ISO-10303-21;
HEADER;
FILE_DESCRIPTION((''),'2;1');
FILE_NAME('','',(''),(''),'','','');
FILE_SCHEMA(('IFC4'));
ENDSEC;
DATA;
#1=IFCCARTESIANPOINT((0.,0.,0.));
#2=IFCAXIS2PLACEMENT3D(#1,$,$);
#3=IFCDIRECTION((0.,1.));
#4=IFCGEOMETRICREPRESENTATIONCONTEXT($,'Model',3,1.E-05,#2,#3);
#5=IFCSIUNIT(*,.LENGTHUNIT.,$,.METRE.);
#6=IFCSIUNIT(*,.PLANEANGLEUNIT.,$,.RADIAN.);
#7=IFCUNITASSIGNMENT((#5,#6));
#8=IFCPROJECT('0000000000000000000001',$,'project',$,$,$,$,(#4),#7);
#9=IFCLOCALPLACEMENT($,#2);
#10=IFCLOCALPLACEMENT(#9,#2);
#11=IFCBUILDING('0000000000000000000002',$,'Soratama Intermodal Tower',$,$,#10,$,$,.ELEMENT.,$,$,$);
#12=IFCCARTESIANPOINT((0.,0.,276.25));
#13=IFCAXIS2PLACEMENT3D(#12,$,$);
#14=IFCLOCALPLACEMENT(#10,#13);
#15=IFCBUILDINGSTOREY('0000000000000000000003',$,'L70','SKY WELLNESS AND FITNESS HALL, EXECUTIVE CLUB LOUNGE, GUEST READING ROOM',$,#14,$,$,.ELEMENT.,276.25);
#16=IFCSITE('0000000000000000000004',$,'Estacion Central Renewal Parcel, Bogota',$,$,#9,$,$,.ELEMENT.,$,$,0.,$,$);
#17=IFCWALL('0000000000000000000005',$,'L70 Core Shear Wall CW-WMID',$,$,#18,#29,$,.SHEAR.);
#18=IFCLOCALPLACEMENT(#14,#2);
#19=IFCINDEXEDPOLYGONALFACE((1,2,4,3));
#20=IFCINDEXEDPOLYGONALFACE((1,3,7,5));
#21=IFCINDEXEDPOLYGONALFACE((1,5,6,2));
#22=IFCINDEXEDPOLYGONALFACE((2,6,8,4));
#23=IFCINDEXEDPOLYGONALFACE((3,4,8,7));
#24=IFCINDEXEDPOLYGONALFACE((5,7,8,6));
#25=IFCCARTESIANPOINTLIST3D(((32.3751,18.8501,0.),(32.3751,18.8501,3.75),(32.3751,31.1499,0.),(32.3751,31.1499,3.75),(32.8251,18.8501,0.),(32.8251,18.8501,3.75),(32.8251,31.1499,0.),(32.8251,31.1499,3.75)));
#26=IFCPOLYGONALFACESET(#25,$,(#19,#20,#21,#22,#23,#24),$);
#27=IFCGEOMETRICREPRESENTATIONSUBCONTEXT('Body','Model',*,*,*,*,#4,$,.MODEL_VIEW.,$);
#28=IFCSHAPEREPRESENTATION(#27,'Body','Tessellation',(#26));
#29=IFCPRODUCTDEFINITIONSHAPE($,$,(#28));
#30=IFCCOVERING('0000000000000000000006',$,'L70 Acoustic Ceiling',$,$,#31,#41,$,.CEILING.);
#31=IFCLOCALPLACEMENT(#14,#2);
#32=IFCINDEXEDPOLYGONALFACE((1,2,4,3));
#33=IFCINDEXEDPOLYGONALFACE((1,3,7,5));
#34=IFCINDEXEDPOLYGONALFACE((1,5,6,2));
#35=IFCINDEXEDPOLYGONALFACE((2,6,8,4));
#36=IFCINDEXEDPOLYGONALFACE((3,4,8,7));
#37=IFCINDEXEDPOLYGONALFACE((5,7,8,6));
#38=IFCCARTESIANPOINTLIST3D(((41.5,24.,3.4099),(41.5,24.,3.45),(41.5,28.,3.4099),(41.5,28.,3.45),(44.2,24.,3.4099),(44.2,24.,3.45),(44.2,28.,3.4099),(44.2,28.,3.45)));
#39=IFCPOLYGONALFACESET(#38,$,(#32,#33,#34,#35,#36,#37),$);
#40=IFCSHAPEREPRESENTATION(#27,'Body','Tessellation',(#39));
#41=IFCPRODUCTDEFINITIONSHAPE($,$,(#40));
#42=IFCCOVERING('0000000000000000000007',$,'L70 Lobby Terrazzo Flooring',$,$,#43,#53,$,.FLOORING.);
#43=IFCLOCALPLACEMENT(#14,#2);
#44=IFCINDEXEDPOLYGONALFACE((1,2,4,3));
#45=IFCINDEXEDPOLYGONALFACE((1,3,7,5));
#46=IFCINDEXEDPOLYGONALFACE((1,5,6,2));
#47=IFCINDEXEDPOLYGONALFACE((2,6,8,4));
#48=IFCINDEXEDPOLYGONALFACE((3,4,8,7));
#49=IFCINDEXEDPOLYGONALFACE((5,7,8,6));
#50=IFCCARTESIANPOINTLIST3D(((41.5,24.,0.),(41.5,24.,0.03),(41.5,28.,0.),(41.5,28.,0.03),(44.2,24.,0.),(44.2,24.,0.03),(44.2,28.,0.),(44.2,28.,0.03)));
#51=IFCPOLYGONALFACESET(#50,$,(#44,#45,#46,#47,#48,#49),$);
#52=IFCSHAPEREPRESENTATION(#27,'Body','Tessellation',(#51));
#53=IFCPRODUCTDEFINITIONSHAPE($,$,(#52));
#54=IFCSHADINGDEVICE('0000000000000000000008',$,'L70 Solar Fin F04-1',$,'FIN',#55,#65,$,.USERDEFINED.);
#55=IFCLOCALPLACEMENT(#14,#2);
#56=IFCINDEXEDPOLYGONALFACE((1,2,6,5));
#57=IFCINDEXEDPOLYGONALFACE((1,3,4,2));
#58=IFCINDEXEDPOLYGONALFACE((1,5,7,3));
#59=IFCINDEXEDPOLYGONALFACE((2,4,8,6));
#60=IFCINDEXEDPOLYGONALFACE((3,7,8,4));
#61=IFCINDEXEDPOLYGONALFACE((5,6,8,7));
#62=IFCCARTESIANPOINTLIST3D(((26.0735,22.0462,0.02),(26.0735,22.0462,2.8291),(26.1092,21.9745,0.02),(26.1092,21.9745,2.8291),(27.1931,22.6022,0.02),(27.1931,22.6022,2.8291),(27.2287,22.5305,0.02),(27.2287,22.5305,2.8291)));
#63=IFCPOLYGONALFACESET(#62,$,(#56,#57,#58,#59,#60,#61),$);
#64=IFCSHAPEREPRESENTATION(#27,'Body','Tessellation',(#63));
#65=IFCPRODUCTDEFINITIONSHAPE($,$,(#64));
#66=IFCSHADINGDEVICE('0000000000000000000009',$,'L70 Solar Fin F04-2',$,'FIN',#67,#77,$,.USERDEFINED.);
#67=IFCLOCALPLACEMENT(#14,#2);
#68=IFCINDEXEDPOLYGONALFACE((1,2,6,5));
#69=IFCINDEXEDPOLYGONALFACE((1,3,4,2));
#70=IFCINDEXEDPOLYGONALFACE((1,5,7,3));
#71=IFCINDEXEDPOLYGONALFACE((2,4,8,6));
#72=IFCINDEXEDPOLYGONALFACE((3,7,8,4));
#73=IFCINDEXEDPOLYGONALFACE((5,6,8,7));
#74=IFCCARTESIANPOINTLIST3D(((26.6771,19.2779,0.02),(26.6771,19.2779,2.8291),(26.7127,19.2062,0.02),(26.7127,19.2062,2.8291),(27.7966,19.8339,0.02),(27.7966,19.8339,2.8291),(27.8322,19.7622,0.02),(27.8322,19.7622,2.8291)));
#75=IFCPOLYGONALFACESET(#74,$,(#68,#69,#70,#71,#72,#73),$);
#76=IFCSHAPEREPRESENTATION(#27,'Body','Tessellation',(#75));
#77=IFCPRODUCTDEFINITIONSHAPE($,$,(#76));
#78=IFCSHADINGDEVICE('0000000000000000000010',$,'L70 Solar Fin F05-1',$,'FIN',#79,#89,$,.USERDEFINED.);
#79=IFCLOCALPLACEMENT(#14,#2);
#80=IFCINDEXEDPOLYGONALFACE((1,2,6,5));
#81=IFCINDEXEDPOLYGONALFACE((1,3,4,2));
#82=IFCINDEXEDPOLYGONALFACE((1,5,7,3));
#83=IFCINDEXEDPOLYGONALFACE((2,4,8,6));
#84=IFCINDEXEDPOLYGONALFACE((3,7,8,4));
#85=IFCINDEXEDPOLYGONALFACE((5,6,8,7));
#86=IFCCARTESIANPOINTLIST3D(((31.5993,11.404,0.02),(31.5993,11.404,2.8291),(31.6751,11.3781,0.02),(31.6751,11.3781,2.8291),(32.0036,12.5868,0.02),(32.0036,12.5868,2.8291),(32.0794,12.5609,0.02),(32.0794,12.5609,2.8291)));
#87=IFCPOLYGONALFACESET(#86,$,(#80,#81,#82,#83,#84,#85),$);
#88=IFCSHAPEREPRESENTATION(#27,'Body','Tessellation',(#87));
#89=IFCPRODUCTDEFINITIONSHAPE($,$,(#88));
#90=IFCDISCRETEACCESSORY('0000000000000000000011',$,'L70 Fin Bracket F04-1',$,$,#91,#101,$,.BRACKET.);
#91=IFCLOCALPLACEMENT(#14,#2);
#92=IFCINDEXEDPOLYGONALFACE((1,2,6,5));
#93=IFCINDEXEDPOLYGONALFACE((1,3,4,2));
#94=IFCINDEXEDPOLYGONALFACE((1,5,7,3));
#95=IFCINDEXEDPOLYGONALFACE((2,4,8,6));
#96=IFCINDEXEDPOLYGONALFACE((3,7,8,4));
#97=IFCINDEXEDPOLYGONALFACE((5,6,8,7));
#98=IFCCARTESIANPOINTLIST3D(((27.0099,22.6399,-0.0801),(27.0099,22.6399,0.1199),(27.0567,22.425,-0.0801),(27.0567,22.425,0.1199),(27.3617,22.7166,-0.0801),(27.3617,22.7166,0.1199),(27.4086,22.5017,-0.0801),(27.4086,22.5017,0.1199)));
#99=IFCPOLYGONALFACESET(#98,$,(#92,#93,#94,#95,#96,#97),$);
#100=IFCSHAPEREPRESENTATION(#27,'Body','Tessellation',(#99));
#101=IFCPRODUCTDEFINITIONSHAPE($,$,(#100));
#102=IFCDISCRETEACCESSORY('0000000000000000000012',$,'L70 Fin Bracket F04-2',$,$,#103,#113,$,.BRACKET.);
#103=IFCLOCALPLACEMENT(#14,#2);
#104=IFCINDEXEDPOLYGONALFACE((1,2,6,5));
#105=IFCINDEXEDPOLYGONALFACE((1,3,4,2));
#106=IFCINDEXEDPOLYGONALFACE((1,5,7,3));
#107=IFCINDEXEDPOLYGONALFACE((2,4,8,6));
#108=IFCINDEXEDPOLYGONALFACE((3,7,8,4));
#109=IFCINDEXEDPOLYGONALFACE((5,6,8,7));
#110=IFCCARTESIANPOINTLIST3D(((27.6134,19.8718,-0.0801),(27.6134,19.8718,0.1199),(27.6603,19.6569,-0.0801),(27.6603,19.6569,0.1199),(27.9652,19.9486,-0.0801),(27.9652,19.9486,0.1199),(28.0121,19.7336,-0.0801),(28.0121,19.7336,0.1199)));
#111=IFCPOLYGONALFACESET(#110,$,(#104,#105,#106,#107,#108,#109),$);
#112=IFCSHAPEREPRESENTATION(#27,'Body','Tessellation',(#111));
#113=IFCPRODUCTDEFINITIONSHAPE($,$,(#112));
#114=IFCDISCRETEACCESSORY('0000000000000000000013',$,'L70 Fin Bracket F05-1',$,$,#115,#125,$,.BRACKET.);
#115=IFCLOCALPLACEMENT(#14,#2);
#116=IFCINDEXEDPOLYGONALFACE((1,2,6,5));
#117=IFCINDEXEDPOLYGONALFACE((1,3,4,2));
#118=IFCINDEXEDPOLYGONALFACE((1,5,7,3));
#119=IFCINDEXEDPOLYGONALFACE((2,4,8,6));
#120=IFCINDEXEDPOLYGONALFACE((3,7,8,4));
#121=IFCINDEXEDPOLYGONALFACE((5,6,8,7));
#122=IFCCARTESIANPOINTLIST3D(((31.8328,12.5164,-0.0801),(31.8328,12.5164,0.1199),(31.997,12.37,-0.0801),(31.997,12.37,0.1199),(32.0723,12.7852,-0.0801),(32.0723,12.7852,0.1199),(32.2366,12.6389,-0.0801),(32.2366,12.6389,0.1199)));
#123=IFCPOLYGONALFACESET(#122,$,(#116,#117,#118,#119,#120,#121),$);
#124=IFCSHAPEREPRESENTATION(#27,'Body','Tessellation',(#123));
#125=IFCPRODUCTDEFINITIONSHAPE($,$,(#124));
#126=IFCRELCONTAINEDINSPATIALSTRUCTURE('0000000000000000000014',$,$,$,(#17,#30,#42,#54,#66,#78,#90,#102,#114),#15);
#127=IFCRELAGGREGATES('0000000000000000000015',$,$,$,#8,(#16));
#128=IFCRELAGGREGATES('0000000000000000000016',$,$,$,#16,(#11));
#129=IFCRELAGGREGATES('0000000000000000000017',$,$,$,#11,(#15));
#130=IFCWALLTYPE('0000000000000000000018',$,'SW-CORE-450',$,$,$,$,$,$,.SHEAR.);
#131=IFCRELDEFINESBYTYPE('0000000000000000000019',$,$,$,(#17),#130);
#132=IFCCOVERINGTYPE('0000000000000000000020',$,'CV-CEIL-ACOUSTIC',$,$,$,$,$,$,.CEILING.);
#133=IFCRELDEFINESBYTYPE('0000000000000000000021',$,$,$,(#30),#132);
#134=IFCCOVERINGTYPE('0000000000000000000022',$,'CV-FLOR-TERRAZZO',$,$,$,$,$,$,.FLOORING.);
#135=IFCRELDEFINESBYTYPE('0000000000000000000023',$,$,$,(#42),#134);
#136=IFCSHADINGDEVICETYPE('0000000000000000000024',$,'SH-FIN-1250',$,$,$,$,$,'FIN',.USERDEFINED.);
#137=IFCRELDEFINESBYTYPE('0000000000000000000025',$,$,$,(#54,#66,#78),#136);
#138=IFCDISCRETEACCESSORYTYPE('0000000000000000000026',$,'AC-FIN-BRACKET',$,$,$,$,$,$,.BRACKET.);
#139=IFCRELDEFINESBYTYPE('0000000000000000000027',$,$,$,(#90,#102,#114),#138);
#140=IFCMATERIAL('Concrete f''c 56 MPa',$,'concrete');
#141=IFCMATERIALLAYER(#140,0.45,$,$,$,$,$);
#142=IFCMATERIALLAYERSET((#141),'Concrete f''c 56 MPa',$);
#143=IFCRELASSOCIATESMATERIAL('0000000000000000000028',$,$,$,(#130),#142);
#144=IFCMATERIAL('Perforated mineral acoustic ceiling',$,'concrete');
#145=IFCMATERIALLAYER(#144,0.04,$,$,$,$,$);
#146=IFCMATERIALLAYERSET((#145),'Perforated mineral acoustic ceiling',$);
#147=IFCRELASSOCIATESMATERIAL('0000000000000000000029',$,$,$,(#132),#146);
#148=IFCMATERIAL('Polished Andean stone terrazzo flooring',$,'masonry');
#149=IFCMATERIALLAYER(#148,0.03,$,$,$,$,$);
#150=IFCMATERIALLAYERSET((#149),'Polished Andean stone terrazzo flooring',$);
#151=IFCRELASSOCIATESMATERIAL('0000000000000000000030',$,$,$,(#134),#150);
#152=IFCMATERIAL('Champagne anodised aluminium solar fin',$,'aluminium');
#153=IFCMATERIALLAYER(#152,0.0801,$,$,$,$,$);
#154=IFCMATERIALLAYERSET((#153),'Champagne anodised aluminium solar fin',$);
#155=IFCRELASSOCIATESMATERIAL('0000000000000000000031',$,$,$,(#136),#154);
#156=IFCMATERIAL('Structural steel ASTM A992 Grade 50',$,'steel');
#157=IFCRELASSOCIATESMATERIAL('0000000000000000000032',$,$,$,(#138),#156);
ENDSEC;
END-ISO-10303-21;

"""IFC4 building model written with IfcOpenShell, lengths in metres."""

from ifc_helpers import new_model, si_unit, direction, frame, frame_2d, origin, origin_2d, place, context, subcontext, project, spatial, polyline, rectangle, outline, extrude, material, layer, layer_set, type_object, element, save


model = new_model("IFC4")

# Units and contexts
model_context = context("Model", 3, precision=1e-05, world=origin(), true_north=direction((0.0, 1.0)))
body_context = subcontext(model_context, "Body", "Model", "MODEL_VIEW")
ifc_project = project(units=[si_unit("LENGTHUNIT", "METRE"), si_unit("PLANEANGLEUNIT", "RADIAN")], contexts=[model_context])

# Site, building, storey
site_placement = place(None, origin())
site = spatial("IfcSite", under=ifc_project, at=site_placement, Name="Estacion Central Renewal Parcel, Bogota", CompositionType="ELEMENT", RefElevation=0.0)
building_placement = place(site_placement, origin())
building = spatial("IfcBuilding", under=site, at=building_placement, Name="Soratama Intermodal Tower", CompositionType="ELEMENT")
storey_placement = place(building_placement, frame((0.0, 0.0, 276.25)))
storey = spatial("IfcBuildingStorey", under=building, at=storey_placement, Name="L70", Description="SKY WELLNESS AND FITNESS HALL, EXECUTIVE CLUB LOUNGE, GUEST READING ROOM", CompositionType="ELEMENT", Elevation=276.25)

# Wall
ifc_material_1 = material(Name="Concrete f'c 56 MPa", Category="concrete")
ifc_layer_1 = layer(ifc_material_1, 0.45)
ifc_layer_set_1 = layer_set([ifc_layer_1], Name="Concrete f'c 56 MPa")
wall_type_1 = type_object("IfcWallType", Name="SW-CORE-450", PredefinedType="SHEAR", material=ifc_layer_set_1)
wall_1_placement = place(storey_placement, frame((32.6001, 18.8501, 0.0), z_axis=(0.0, 0.0, 1.0), x_axis=(0.0, 1.0, 0.0)))
element("IfcWall", 1, at=wall_1_placement, inside=storey, type_object=wall_type_1, Name="L70 Core Shear Wall CW-WMID", PredefinedType="SHEAR", context=body_context, shape_type="SweptSolid", body=[
    extrude(rectangle(XDim=12.2998, YDim=0.45, at=frame_2d((6.1499, 0.0))), origin(), (0.0, 0.0, 1.0), 3.75),
])

# Coverings
ifc_material_2 = material(Name="Perforated mineral acoustic ceiling", Category="concrete")
ifc_layer_2 = layer(ifc_material_2, 0.04)
ifc_layer_set_2 = layer_set([ifc_layer_2], Name="Perforated mineral acoustic ceiling")
covering_type_1 = type_object("IfcCoveringType", Name="CV-CEIL-ACOUSTIC", PredefinedType="CEILING", material=ifc_layer_set_2)
covering_1_placement = place(storey_placement, frame((0.0, 0.0, 3.4099)))
element("IfcCovering", 2, at=covering_1_placement, inside=storey, type_object=covering_type_1, Name="L70 Acoustic Ceiling", PredefinedType="CEILING", context=body_context, shape_type="SweptSolid", body=[
    extrude(outline(polyline([(41.5, 24.0), (44.2, 24.0), (44.2, 28.0), (41.5, 28.0), (41.5, 24.0)])), origin(), (0.0, 0.0, 1.0), 0.04),
])
ifc_material_3 = material(Name="Polished Andean stone terrazzo flooring", Category="masonry")
ifc_layer_3 = layer(ifc_material_3, 0.03)
ifc_layer_set_3 = layer_set([ifc_layer_3], Name="Polished Andean stone terrazzo flooring")
covering_type_2 = type_object("IfcCoveringType", Name="CV-FLOR-TERRAZZO", PredefinedType="FLOORING", material=ifc_layer_set_3)
covering_2_placement = place(storey_placement, origin())
element("IfcCovering", 3, at=covering_2_placement, inside=storey, type_object=covering_type_2, Name="L70 Lobby Terrazzo Flooring", PredefinedType="FLOORING", context=body_context, shape_type="SweptSolid", body=[
    extrude(outline(polyline([(41.5, 24.0), (44.2, 24.0), (44.2, 28.0), (41.5, 28.0), (41.5, 24.0)])), origin(), (0.0, 0.0, 1.0), 0.03),
])

# Shading devices
ifc_material_4 = material(Name="Champagne anodised aluminium solar fin", Category="aluminium")
ifc_layer_4 = layer(ifc_material_4, 0.0801)
ifc_layer_set_4 = layer_set([ifc_layer_4], Name="Champagne anodised aluminium solar fin")
shading_device_type = type_object("IfcShadingDeviceType", Name="SH-FIN-1250", ElementType="FIN", PredefinedType="USERDEFINED", material=ifc_layer_set_4)
for number, where, z_axis, x_axis, name in (
    (4, (26.6511, 22.2883, 0.02), (0.0, 0.0, 1.0), (-0.895634, -0.444792, 0.0), "L70 Solar Fin F04-1"),
    (5, (27.2546, 19.52, 0.02), (0.0, 0.0, 1.0), (-0.895634, -0.444792, 0.0), "L70 Solar Fin F04-2"),
    (6, (31.8394, 11.9824, 0.02), (0.0, 0.0, 1.0), (-0.323422, -0.946255, 0.0), "L70 Solar Fin F05-1"),
):
    element("IfcShadingDevice", number, at=place(storey_placement, frame(where, z_axis=z_axis, x_axis=x_axis)), inside=storey, type_object=shading_device_type, Name=name, ObjectType="FIN", PredefinedType="USERDEFINED", context=body_context, shape_type="SweptSolid", body=[
        extrude(rectangle(XDim=1.25, YDim=0.0801, at=origin_2d()), origin(), (0.0, 0.0, 1.0), 2.8091),
    ])

# Discrete accessories
ifc_material_5 = material(Name="Structural steel ASTM A992 Grade 50", Category="steel")
discrete_accessory_type = type_object("IfcDiscreteAccessoryType", Name="AC-FIN-BRACKET", PredefinedType="BRACKET", material=ifc_material_5)
for number, where, z_axis, x_axis, name in (
    (7, (27.2092, 22.5708, -0.0801), (0.0, 0.0, 1.0), (-0.977046, -0.21303, 0.0), "L70 Fin Bracket F04-1"),
    (8, (27.8127, 19.8027, -0.0801), (0.0, 0.0, 1.0), (-0.977046, -0.21303, 0.0), "L70 Fin Bracket F04-2"),
    (9, (32.0347, 12.5776, -0.0801), (0.0, 0.0, 1.0), (-0.66523, -0.746638, 0.0), "L70 Fin Bracket F05-1"),
):
    element("IfcDiscreteAccessory", number, at=place(storey_placement, frame(where, z_axis=z_axis, x_axis=x_axis)), inside=storey, type_object=discrete_accessory_type, Name=name, PredefinedType="BRACKET", context=body_context, shape_type="SweptSolid", body=[
        extrude(rectangle(XDim=0.3601, YDim=0.22, at=origin_2d()), origin(), (0.0, 0.0, 1.0), 0.2),
    ])

save(model, "model.ifc")
